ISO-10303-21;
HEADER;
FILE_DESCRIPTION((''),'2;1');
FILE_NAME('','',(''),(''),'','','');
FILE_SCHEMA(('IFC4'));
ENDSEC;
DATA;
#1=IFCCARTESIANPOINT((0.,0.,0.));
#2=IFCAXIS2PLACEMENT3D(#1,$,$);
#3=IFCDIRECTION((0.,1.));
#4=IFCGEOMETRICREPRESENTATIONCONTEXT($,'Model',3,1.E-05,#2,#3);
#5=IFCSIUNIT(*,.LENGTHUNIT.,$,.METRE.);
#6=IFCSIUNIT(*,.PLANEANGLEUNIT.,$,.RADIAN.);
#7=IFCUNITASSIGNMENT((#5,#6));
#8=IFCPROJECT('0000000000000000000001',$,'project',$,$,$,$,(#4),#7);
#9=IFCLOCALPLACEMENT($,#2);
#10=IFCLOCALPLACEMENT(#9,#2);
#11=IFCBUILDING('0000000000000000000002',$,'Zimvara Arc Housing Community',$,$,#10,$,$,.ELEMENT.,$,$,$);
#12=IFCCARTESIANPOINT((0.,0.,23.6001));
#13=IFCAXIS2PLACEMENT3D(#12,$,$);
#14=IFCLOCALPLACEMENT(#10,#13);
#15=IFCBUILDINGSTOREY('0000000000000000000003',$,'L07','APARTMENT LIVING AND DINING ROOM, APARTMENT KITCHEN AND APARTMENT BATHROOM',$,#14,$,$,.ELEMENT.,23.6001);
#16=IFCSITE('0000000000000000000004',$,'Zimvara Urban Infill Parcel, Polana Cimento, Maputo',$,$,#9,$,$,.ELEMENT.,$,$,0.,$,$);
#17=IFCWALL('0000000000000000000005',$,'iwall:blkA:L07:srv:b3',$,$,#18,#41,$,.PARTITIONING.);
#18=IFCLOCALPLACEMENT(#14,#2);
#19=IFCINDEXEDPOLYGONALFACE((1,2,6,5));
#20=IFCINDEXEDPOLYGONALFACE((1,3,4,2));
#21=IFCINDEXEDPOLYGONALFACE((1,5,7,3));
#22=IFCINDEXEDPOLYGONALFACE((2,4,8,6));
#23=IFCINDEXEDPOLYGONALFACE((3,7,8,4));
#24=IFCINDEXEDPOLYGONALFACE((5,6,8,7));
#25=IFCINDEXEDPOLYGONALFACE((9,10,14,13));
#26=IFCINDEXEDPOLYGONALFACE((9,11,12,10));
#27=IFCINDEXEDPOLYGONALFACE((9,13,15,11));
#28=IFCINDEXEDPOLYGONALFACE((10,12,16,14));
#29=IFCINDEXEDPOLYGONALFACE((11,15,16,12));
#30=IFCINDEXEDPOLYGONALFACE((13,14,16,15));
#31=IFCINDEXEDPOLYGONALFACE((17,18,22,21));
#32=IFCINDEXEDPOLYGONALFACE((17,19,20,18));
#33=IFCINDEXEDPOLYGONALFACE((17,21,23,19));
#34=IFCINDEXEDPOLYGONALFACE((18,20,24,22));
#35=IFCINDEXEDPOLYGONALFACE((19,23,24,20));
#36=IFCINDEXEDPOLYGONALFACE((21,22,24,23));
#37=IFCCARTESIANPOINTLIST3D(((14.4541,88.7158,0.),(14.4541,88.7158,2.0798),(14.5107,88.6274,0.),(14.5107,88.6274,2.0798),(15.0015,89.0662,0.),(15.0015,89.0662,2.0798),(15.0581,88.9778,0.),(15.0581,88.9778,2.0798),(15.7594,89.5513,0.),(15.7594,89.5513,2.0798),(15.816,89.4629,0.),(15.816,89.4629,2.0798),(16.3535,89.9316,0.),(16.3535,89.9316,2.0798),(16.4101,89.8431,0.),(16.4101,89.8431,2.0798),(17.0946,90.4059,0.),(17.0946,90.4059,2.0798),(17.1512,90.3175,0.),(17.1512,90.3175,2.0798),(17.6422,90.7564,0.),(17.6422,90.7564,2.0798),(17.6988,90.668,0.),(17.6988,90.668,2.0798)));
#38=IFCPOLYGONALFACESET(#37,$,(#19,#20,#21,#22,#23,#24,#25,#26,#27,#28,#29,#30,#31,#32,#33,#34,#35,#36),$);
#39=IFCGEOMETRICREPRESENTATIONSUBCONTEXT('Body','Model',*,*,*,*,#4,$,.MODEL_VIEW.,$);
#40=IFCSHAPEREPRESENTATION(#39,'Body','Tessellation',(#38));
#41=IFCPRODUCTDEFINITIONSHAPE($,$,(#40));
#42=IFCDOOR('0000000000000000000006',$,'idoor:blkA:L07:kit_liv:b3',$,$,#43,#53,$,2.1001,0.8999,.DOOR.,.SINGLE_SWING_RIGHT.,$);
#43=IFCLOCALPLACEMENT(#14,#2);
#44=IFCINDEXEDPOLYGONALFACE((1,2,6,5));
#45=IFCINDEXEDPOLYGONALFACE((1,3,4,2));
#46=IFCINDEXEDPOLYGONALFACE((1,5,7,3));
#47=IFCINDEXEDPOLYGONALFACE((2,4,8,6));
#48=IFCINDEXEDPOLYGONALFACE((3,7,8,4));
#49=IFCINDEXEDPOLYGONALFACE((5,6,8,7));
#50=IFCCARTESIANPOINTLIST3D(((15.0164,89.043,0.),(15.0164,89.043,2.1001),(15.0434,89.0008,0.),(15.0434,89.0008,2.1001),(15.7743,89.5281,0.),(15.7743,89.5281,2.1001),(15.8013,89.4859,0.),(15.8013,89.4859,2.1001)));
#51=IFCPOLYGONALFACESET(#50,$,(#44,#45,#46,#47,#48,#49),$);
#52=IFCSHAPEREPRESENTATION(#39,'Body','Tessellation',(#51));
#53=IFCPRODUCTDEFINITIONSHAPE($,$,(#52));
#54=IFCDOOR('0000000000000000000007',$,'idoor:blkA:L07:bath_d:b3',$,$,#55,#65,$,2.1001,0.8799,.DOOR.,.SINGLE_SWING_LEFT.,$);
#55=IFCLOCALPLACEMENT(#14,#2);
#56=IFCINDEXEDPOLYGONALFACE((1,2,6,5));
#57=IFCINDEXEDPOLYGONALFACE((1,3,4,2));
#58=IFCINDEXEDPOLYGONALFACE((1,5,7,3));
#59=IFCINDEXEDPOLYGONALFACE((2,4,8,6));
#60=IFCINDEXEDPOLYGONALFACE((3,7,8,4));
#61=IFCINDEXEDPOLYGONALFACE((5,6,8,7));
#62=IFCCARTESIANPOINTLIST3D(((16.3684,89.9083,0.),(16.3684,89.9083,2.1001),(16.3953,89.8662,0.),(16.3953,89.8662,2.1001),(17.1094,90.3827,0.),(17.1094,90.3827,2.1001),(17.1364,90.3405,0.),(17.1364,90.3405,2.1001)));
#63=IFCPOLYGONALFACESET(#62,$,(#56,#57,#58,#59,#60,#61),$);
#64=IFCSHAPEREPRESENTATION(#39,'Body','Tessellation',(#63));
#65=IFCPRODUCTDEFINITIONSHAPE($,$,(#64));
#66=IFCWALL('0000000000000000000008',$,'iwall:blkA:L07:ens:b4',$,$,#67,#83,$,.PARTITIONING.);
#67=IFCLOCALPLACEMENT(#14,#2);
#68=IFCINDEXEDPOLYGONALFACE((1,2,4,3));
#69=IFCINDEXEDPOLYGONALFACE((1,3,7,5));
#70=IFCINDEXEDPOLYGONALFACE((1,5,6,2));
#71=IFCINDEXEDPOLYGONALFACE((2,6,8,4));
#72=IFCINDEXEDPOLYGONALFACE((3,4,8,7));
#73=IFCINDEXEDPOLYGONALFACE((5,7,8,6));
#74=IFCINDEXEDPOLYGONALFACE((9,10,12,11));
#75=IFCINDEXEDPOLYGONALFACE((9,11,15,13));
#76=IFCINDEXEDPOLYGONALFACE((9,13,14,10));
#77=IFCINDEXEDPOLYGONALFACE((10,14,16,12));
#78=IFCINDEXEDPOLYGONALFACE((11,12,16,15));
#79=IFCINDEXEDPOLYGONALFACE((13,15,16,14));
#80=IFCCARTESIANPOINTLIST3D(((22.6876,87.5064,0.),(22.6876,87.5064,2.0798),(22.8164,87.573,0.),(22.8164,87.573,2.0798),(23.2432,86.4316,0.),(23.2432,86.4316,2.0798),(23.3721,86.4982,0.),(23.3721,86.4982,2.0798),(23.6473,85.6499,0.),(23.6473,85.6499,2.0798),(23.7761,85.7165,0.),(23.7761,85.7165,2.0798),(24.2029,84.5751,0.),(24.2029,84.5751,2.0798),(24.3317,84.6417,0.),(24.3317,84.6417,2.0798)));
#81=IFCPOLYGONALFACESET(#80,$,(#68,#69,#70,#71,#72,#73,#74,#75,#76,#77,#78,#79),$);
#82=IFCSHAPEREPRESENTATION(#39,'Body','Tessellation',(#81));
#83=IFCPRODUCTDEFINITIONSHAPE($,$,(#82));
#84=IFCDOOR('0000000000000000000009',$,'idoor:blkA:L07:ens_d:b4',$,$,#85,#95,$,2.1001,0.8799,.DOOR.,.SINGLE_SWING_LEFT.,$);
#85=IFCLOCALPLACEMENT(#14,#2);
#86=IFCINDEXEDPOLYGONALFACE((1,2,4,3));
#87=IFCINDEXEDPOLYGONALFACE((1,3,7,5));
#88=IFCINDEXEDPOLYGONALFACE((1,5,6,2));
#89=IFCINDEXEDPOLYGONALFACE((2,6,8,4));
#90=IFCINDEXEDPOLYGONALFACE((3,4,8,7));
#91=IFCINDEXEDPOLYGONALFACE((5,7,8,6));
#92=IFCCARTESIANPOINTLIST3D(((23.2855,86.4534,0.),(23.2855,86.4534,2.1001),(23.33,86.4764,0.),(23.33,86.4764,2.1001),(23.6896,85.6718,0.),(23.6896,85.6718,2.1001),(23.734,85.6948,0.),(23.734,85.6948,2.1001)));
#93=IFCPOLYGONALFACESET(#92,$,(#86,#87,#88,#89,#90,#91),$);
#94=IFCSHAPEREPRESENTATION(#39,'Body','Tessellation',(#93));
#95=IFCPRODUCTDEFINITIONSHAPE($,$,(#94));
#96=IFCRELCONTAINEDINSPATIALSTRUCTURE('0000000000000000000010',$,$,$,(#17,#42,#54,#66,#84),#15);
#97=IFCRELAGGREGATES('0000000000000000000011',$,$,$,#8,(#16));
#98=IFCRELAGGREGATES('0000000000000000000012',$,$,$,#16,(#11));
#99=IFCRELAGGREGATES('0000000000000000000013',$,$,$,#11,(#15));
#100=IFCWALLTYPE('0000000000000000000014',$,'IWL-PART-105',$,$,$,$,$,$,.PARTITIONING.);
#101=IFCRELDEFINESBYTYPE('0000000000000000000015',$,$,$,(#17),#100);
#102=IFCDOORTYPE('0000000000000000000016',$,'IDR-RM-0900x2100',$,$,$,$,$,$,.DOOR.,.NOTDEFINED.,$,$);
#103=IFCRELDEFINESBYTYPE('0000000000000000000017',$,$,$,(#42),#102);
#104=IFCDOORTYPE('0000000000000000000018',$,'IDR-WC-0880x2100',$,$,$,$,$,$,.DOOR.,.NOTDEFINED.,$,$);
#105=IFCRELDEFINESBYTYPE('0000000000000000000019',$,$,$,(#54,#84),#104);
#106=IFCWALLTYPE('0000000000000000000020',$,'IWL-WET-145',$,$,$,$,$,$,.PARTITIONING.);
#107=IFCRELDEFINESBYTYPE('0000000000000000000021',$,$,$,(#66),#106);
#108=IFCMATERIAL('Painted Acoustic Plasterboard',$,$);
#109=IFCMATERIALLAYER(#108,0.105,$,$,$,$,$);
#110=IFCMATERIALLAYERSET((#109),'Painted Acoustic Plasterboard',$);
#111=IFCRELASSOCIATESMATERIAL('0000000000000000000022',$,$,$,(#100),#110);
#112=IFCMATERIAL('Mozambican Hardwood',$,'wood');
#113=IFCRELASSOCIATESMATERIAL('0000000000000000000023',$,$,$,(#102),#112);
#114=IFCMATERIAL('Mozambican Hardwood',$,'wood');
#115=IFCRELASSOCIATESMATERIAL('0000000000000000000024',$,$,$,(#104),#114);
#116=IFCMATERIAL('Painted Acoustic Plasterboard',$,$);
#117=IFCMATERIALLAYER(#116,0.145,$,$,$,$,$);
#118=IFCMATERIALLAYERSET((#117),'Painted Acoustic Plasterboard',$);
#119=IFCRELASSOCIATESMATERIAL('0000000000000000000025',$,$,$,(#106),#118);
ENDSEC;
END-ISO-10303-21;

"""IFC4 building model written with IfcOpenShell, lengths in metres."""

from ifc_helpers import new_model, si_unit, direction, frame, frame_2d, origin, place, context, subcontext, project, spatial, rectangle, extrude, material, layer, layer_set, type_object, element, fill, save


model = new_model("IFC4")

# Units and contexts
model_context = context("Model", 3, precision=1e-05, world=origin(), true_north=direction((0.0, 1.0)))
body_context = subcontext(model_context, "Body", "Model", "MODEL_VIEW")
ifc_project = project(units=[si_unit("LENGTHUNIT", "METRE"), si_unit("PLANEANGLEUNIT", "RADIAN")], contexts=[model_context])

# Site, building, storey
site_placement = place(None, origin())
site = spatial("IfcSite", under=ifc_project, at=site_placement, Name="Zimvara Urban Infill Parcel, Polana Cimento, Maputo", CompositionType="ELEMENT", RefElevation=0.0)
building_placement = place(site_placement, origin())
building = spatial("IfcBuilding", under=site, at=building_placement, Name="Zimvara Arc Housing Community", CompositionType="ELEMENT")
storey_placement = place(building_placement, frame((0.0, 0.0, 23.6001)))
storey = spatial("IfcBuildingStorey", under=building, at=storey_placement, Name="L07", Description="APARTMENT LIVING AND DINING ROOM, APARTMENT KITCHEN AND APARTMENT BATHROOM", CompositionType="ELEMENT", Elevation=23.6001)

# Wall, openings, doors
ifc_material_1 = material(Name="Painted Acoustic Plasterboard")
ifc_layer_1 = layer(ifc_material_1, 0.105)
ifc_layer_set_1 = layer_set([ifc_layer_1], Name="Painted Acoustic Plasterboard")
wall_type_1 = type_object("IfcWallType", Name="IWL-PART-105", PredefinedType="PARTITIONING", material=ifc_layer_set_1)
wall_1_placement = place(storey_placement, frame((14.4824, 88.6716, 0.0), z_axis=(0.0, 0.0, 1.0), x_axis=(0.842246, 0.539094, 0.0)))
wall_1 = element("IfcWall", 1, at=wall_1_placement, inside=storey, type_object=wall_type_1, Name="iwall:blkA:L07:srv:b3", PredefinedType="PARTITIONING", context=body_context, shape_type="SweptSolid", body=[
    extrude(rectangle(XDim=3.7852, YDim=0.105, at=frame_2d((1.8926, 0.0))), origin(), (0.0, 0.0, 1.0), 2.0798),
])
opening_1_placement = place(wall_1_placement, frame((0.6499, 0.0, 0.0)))
opening_1 = element("IfcOpeningElement", 2, at=opening_1_placement, cuts=wall_1, PredefinedType="OPENING", context=body_context, shape_type="SweptSolid", body=[
    extrude(rectangle(XDim=0.8999, YDim=2.1001, at=frame_2d((0.45, 1.05))), frame((0.0, 0.0625, 0.0), z_axis=(0.0, -1.0, 0.0), x_axis=(1.0, 0.0, 0.0)), (0.0, 0.0, 1.0), 0.125),
])
opening_2_placement = place(wall_1_placement, frame((2.2551, 0.0, 0.0)))
opening_2 = element("IfcOpeningElement", 3, at=opening_2_placement, cuts=wall_1, PredefinedType="OPENING", context=body_context, shape_type="SweptSolid", body=[
    extrude(rectangle(XDim=0.8799, YDim=2.1001, at=frame_2d((0.4399, 1.05))), frame((0.0, 0.0625, 0.0), z_axis=(0.0, -1.0, 0.0), x_axis=(1.0, 0.0, 0.0)), (0.0, 0.0, 1.0), 0.125),
])
ifc_material_2 = material(Name="Mozambican Hardwood", Category="wood")
door_type_1 = type_object("IfcDoorType", Name="IDR-RM-0900x2100", OperationType="NOTDEFINED", PredefinedType="DOOR", material=ifc_material_2)
door_1_placement = place(opening_1_placement, origin())
door_1 = element("IfcDoor", 4, at=door_1_placement, inside=storey, type_object=door_type_1, Name="idoor:blkA:L07:kit_liv:b3", OperationType="SINGLE_SWING_RIGHT", OverallHeight=2.1001, OverallWidth=0.8999, PredefinedType="DOOR", context=body_context, shape_type="SweptSolid", body=[
    extrude(rectangle(XDim=0.8999, YDim=2.1001, at=frame_2d((0.45, 1.05))), frame((0.0, 0.0249, 0.0), z_axis=(0.0, -1.0, 0.0), x_axis=(1.0, 0.0, 0.0)), (0.0, 0.0, 1.0), 0.05),
])
fill(opening_1, door_1)
ifc_material_3 = material(Name="Mozambican Hardwood", Category="wood")
door_type_2 = type_object("IfcDoorType", Name="IDR-WC-0880x2100", OperationType="NOTDEFINED", PredefinedType="DOOR", material=ifc_material_3)
door_2_placement = place(opening_2_placement, origin())
door_2 = element("IfcDoor", 5, at=door_2_placement, inside=storey, type_object=door_type_2, Name="idoor:blkA:L07:bath_d:b3", OperationType="SINGLE_SWING_LEFT", OverallHeight=2.1001, OverallWidth=0.8799, PredefinedType="DOOR", context=body_context, shape_type="SweptSolid", body=[
    extrude(rectangle(XDim=0.8799, YDim=2.1001, at=frame_2d((0.4399, 1.05))), frame((0.0, 0.0249, 0.0), z_axis=(0.0, -1.0, 0.0), x_axis=(1.0, 0.0, 0.0)), (0.0, 0.0, 1.0), 0.05),
])
fill(opening_2, door_2)

# Wall, opening, door
ifc_material_4 = material(Name="Painted Acoustic Plasterboard")
ifc_layer_2 = layer(ifc_material_4, 0.145)
ifc_layer_set_2 = layer_set([ifc_layer_2], Name="Painted Acoustic Plasterboard")
wall_type_2 = type_object("IfcWallType", Name="IWL-WET-145", PredefinedType="PARTITIONING", material=ifc_layer_set_2)
wall_2_placement = place(storey_placement, frame((24.2673, 84.6084, 0.0), z_axis=(0.0, 0.0, 1.0), x_axis=(-0.459218, 0.888324, 0.0)))
wall_2 = element("IfcWall", 6, at=wall_2_placement, inside=storey, type_object=wall_type_2, Name="iwall:blkA:L07:ens:b4", PredefinedType="PARTITIONING", context=body_context, shape_type="SweptSolid", body=[
    extrude(rectangle(XDim=3.2998, YDim=0.145, at=frame_2d((1.6499, 0.0))), origin(), (0.0, 0.0, 1.0), 2.0798),
])
opening_3_placement = place(wall_2_placement, frame((1.21, 0.0, 0.0)))
opening_3 = element("IfcOpeningElement", 7, at=opening_3_placement, cuts=wall_2, PredefinedType="OPENING", context=body_context, shape_type="SweptSolid", body=[
    extrude(rectangle(XDim=0.8799, YDim=2.1001, at=frame_2d((0.4399, 1.05))), frame((0.0, 0.0825, 0.0), z_axis=(0.0, -1.0, 0.0), x_axis=(1.0, 0.0, 0.0)), (0.0, 0.0, 1.0), 0.165),
])
door_3_placement = place(opening_3_placement, origin())
door_3 = element("IfcDoor", 8, at=door_3_placement, inside=storey, type_object=door_type_2, Name="idoor:blkA:L07:ens_d:b4", OperationType="SINGLE_SWING_LEFT", OverallHeight=2.1001, OverallWidth=0.8799, PredefinedType="DOOR", context=body_context, shape_type="SweptSolid", body=[
    extrude(rectangle(XDim=0.8799, YDim=2.1001, at=frame_2d((0.4399, 1.05))), frame((0.0, 0.0249, 0.0), z_axis=(0.0, -1.0, 0.0), x_axis=(1.0, 0.0, 0.0)), (0.0, 0.0, 1.0), 0.05),
])
fill(opening_3, door_3)

save(model, "model.ifc")
